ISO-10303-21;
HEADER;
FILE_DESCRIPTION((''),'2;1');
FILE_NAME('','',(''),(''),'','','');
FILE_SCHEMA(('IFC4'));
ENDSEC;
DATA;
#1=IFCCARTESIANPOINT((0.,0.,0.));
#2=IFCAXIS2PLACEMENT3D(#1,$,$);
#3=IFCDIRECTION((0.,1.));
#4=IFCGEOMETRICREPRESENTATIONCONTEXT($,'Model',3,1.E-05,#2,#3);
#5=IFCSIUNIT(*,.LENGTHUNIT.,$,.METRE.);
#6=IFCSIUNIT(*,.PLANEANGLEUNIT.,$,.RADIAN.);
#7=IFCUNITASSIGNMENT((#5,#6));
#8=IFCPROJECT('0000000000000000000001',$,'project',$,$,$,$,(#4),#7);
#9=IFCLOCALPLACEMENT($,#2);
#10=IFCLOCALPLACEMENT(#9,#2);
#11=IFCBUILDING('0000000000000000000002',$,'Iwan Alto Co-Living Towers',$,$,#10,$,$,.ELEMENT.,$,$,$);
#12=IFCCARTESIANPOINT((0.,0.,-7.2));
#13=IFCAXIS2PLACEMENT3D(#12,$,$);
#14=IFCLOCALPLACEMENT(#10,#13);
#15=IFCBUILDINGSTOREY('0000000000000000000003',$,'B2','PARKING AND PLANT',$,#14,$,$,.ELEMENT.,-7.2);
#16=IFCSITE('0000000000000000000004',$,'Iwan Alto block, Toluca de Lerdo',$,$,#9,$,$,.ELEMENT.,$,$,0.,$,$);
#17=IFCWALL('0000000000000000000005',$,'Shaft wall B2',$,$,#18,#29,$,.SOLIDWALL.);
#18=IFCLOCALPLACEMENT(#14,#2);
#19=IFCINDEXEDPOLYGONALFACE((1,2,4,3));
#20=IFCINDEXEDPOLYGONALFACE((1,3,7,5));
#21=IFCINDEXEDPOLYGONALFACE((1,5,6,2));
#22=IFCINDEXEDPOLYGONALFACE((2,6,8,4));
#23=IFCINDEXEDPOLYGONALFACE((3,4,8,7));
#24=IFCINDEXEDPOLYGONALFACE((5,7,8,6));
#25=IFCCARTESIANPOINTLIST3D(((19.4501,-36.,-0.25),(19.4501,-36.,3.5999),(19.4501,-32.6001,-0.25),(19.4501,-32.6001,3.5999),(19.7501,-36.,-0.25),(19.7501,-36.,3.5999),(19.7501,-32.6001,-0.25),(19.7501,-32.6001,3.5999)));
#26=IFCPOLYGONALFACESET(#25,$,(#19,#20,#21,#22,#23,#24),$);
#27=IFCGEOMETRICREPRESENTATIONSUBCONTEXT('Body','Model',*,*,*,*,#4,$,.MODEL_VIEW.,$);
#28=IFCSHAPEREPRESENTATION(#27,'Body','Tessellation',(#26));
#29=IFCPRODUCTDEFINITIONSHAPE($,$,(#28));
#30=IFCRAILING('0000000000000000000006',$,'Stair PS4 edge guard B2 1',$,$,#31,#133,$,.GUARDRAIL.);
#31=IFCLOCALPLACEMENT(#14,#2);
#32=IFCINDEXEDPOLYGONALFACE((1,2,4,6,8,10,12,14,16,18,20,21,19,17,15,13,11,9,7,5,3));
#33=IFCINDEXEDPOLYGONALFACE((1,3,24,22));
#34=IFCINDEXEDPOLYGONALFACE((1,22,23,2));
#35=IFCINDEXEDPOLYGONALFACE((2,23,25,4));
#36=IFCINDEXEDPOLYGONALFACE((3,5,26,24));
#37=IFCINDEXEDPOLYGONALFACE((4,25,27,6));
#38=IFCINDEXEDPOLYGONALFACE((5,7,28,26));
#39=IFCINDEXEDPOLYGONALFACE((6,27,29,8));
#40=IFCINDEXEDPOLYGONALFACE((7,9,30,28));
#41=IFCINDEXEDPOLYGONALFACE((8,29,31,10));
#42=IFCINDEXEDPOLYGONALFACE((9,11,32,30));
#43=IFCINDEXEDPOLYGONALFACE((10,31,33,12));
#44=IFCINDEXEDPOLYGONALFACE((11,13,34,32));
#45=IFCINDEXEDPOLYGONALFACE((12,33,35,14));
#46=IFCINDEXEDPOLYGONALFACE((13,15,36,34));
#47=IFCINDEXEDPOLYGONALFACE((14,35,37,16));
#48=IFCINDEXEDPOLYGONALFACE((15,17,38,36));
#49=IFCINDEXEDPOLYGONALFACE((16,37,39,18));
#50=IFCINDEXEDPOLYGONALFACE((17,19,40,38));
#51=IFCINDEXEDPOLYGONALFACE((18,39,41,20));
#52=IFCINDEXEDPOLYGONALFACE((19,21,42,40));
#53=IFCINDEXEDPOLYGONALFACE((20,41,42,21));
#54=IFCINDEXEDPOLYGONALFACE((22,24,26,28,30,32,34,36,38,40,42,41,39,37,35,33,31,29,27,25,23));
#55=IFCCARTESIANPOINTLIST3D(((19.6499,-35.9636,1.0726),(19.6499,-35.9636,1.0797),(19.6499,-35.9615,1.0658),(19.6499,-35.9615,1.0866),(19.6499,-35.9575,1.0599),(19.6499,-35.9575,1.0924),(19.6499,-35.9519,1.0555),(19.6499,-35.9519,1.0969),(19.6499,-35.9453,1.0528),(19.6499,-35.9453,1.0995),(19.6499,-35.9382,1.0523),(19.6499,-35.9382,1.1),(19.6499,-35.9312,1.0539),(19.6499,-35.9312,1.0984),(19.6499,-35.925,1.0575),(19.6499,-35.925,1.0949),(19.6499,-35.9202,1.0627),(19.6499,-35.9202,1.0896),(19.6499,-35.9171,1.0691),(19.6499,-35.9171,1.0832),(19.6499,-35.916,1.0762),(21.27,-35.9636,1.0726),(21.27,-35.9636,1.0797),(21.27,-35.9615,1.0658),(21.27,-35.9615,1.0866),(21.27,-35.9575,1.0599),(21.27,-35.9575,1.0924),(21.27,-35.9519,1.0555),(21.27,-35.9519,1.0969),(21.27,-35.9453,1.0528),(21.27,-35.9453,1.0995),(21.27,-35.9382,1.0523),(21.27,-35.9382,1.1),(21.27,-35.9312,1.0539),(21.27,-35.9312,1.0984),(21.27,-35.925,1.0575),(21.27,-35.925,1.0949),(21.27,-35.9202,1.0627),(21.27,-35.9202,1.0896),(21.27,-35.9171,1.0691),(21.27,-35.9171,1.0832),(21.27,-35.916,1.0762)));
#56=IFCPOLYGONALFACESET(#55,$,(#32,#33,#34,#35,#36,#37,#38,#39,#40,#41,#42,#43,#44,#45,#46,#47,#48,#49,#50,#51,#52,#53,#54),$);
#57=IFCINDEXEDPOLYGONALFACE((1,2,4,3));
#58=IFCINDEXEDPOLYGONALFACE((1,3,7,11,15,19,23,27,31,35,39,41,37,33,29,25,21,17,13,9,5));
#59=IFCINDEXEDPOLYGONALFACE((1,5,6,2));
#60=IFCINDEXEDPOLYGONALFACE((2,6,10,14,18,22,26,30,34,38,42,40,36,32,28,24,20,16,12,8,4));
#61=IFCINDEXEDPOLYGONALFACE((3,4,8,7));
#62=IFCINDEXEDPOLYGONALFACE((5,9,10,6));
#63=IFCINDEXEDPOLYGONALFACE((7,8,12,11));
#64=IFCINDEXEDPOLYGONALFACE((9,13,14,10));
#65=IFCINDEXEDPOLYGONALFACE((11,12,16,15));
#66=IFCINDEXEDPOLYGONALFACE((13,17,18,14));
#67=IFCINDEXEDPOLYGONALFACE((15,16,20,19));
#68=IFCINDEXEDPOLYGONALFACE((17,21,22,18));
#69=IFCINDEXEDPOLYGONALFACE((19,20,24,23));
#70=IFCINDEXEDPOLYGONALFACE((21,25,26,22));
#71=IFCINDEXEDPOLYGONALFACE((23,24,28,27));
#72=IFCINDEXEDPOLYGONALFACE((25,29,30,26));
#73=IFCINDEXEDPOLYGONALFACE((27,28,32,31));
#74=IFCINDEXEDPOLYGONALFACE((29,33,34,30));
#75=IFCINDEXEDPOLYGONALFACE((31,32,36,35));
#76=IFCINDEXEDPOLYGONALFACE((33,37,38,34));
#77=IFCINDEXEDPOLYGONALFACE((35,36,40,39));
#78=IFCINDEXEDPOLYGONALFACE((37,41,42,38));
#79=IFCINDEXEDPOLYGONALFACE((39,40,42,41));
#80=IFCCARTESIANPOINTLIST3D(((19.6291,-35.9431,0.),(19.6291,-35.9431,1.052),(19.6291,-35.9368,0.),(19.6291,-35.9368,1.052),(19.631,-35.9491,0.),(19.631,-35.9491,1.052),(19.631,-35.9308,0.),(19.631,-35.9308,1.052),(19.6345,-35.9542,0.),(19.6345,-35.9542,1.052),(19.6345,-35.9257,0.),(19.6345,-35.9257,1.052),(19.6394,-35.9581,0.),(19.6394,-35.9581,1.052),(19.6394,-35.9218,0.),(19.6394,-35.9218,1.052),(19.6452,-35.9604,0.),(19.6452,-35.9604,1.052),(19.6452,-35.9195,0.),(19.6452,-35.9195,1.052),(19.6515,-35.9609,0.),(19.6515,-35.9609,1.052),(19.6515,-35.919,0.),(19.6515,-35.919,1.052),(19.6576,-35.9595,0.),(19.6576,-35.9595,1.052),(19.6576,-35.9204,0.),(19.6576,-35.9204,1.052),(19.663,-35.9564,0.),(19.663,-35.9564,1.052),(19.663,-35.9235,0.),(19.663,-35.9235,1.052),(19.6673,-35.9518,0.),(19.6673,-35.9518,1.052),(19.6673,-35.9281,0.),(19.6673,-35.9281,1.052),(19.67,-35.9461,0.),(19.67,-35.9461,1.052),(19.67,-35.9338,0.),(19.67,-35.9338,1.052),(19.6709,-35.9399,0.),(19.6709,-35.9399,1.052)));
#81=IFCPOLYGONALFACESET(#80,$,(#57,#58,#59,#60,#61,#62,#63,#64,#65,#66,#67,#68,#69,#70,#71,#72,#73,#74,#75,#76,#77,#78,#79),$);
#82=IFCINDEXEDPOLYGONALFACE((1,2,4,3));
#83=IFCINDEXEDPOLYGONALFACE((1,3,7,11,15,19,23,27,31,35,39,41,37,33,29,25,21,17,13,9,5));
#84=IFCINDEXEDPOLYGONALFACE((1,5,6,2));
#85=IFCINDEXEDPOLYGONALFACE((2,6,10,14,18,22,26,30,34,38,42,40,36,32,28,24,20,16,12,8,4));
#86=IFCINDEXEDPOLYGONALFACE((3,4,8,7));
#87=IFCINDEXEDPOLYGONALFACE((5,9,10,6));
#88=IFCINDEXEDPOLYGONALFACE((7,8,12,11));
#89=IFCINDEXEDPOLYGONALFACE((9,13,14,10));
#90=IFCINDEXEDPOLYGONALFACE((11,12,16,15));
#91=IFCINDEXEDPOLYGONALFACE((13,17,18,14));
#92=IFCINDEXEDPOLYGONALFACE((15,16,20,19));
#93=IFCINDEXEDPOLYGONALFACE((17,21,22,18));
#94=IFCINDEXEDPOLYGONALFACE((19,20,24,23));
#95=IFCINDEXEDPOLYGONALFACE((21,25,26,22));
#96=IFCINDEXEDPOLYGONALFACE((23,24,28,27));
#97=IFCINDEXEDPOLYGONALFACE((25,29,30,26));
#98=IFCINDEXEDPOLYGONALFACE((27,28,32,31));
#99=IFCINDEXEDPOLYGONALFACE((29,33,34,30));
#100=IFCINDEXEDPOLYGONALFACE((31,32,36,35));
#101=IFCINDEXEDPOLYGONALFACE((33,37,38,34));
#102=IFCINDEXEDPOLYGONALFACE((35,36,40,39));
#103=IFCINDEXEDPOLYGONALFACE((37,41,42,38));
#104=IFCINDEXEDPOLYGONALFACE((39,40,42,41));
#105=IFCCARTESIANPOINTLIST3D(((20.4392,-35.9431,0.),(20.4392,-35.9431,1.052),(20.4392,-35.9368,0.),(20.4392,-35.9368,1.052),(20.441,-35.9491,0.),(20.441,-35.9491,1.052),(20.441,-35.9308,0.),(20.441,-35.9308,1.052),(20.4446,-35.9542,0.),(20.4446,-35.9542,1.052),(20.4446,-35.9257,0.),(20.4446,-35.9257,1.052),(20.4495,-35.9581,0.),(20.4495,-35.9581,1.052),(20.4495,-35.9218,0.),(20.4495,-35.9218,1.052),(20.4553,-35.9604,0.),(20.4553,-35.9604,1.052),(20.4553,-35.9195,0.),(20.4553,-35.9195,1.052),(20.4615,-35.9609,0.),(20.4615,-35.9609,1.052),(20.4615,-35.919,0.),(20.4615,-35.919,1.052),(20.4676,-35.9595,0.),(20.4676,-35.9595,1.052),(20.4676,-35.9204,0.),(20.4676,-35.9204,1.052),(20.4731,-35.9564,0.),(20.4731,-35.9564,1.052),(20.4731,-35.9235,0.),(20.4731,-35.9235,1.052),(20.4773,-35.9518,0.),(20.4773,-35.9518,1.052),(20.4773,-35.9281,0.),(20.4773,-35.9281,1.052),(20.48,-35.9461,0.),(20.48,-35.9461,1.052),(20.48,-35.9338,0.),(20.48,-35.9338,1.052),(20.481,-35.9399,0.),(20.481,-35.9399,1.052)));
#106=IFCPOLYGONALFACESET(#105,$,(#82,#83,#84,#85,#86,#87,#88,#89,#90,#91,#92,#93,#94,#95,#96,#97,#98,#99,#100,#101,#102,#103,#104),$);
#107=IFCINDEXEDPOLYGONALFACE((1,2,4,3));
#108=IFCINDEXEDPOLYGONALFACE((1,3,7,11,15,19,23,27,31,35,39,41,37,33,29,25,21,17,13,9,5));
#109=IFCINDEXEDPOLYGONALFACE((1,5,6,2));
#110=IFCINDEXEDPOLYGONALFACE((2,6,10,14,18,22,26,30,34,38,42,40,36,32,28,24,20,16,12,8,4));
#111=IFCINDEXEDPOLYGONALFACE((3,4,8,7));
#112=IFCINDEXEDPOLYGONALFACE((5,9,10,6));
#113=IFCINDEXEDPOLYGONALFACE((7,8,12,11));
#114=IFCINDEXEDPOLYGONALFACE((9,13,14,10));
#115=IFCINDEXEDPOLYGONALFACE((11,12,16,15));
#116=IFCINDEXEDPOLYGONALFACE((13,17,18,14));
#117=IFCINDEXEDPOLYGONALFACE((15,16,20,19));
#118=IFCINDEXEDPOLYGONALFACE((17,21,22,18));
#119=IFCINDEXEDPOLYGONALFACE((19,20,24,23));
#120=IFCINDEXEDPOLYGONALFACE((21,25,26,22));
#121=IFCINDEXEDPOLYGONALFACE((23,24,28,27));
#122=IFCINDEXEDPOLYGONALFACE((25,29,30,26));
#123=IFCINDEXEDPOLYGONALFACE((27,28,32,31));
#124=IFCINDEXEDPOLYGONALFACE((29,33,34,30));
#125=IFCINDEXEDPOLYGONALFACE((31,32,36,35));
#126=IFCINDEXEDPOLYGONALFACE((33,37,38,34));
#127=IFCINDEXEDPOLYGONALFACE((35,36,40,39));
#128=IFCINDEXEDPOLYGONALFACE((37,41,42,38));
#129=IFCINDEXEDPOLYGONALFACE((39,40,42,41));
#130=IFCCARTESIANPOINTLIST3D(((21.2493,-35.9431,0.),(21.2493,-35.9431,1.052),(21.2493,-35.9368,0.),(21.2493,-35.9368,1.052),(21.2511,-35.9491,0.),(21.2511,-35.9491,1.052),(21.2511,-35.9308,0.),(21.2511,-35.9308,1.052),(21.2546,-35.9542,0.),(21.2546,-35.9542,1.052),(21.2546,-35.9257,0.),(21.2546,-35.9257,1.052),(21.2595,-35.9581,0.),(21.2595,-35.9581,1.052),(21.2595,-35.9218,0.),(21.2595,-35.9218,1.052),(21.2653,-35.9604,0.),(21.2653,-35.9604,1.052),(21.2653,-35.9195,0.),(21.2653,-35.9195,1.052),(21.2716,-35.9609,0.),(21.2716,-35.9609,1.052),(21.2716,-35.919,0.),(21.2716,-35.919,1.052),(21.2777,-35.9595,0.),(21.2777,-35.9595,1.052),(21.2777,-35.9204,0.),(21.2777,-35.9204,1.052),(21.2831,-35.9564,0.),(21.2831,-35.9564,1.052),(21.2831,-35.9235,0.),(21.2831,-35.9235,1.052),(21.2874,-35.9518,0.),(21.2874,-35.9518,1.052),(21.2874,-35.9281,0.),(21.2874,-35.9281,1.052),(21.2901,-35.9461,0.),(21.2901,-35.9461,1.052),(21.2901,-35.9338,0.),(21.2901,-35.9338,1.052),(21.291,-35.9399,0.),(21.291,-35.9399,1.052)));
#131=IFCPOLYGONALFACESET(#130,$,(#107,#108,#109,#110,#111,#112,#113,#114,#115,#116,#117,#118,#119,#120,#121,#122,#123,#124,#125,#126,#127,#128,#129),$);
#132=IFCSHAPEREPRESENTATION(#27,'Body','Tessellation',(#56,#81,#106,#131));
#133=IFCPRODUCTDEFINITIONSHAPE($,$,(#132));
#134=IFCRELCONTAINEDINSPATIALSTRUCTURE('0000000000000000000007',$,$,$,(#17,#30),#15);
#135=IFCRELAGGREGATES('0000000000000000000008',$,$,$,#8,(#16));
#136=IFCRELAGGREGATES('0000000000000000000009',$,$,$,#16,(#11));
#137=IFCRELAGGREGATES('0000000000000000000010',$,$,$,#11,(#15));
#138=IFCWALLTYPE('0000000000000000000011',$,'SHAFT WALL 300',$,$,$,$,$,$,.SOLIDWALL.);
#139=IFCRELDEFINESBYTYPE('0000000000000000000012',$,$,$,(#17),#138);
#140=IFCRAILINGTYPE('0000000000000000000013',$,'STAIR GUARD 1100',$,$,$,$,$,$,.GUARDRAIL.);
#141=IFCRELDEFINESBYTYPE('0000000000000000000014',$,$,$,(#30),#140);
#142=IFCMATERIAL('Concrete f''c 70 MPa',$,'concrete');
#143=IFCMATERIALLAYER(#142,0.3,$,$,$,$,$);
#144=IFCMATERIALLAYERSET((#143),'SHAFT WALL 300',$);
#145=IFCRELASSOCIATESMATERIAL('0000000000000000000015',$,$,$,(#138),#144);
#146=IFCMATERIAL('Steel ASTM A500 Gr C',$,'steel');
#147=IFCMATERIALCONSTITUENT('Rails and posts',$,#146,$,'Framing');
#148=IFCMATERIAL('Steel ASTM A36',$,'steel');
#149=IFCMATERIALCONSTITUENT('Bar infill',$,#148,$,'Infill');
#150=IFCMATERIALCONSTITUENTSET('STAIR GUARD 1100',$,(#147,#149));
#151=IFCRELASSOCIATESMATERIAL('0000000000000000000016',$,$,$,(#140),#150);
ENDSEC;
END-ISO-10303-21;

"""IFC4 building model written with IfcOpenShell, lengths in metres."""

from ifc_helpers import new_model, si_unit, direction, frame, frame_2d, origin, origin_2d, place, context, subcontext, project, spatial, rectangle, circle, extrude, material, layer, layer_set, constituent, constituent_set, type_object, element, save


model = new_model("IFC4")

# Units and contexts
model_context = context("Model", 3, precision=1e-05, world=origin(), true_north=direction((0.0, 1.0)))
body_context = subcontext(model_context, "Body", "Model", "MODEL_VIEW")
ifc_project = project(units=[si_unit("LENGTHUNIT", "METRE"), si_unit("PLANEANGLEUNIT", "RADIAN")], contexts=[model_context])

# Site, building, storey
site_placement = place(None, origin())
site = spatial("IfcSite", under=ifc_project, at=site_placement, Name="Iwan Alto block, Toluca de Lerdo", CompositionType="ELEMENT", RefElevation=0.0)
building_placement = place(site_placement, origin())
building = spatial("IfcBuilding", under=site, at=building_placement, Name="Iwan Alto Co-Living Towers", CompositionType="ELEMENT")
storey_placement = place(building_placement, frame((0.0, 0.0, -7.2)))
storey = spatial("IfcBuildingStorey", under=building, at=storey_placement, Name="B2", Description="PARKING AND PLANT", CompositionType="ELEMENT", Elevation=-7.2)

# Shared definitions
ifc_material_1 = material(Name="Concrete f'c 70 MPa", Category="concrete")
ifc_layer_1 = layer(ifc_material_1, 0.3)
ifc_layer_set_1 = layer_set([ifc_layer_1], Name="SHAFT WALL 300")
wall_type_1 = type_object("IfcWallType", Name="SHAFT WALL 300", PredefinedType="SOLIDWALL", material=ifc_layer_set_1)

# Wall
wall_1_placement = place(storey_placement, frame((19.6001, -36.0, -0.25), z_axis=(0.0, 0.0, 1.0), x_axis=(0.0, 1.0, 0.0)))
element("IfcWall", 1, at=wall_1_placement, inside=storey, type_object=wall_type_1, Name="Shaft wall B2", PredefinedType="SOLIDWALL", context=body_context, shape_type="SweptSolid", body=[
    extrude(rectangle(XDim=3.3999, YDim=0.3, at=frame_2d((1.7, 0.0))), origin(), (0.0, 0.0, 1.0), 3.8499),
])

# Railing
ifc_material_2 = material(Name="Steel ASTM A500 Gr C", Category="steel")
ifc_constituent_1 = constituent(ifc_material_2, Name="Rails and posts", Category="Framing")
ifc_material_3 = material(Name="Steel ASTM A36", Category="steel")
ifc_constituent_2 = constituent(ifc_material_3, Name="Bar infill", Category="Infill")
ifc_constituent_set = constituent_set(constituents=[ifc_constituent_1, ifc_constituent_2], Name="STAIR GUARD 1100")
railing_type = type_object("IfcRailingType", Name="STAIR GUARD 1100", PredefinedType="GUARDRAIL", material=ifc_constituent_set)
railing_placement = place(storey_placement, frame((19.6499, -35.9399, 0.0)))
element("IfcRailing", 2, at=railing_placement, inside=storey, type_object=railing_type, Name="Stair PS4 edge guard B2 1", PredefinedType="GUARDRAIL", context=body_context, shape_type="SweptSolid", body=[
    extrude(circle(Radius=0.0239, at=origin_2d()), frame((0.0, 0.0, 1.0762), z_axis=(1.0, 0.0, 0.0), x_axis=(0.0, 1.0, 0.0)), (0.0, 0.0, 1.0), 1.6201),
    extrude(circle(Radius=0.021, at=origin_2d()), origin(), (0.0, 0.0, 1.0), 1.052),
    extrude(circle(Radius=0.021, at=origin_2d()), frame((0.8101, 0.0, 0.0)), (0.0, 0.0, 1.0), 1.052),
    extrude(circle(Radius=0.021, at=origin_2d()), frame((1.6201, 0.0, 0.0)), (0.0, 0.0, 1.0), 1.052),
])

save(model, "model.ifc")
